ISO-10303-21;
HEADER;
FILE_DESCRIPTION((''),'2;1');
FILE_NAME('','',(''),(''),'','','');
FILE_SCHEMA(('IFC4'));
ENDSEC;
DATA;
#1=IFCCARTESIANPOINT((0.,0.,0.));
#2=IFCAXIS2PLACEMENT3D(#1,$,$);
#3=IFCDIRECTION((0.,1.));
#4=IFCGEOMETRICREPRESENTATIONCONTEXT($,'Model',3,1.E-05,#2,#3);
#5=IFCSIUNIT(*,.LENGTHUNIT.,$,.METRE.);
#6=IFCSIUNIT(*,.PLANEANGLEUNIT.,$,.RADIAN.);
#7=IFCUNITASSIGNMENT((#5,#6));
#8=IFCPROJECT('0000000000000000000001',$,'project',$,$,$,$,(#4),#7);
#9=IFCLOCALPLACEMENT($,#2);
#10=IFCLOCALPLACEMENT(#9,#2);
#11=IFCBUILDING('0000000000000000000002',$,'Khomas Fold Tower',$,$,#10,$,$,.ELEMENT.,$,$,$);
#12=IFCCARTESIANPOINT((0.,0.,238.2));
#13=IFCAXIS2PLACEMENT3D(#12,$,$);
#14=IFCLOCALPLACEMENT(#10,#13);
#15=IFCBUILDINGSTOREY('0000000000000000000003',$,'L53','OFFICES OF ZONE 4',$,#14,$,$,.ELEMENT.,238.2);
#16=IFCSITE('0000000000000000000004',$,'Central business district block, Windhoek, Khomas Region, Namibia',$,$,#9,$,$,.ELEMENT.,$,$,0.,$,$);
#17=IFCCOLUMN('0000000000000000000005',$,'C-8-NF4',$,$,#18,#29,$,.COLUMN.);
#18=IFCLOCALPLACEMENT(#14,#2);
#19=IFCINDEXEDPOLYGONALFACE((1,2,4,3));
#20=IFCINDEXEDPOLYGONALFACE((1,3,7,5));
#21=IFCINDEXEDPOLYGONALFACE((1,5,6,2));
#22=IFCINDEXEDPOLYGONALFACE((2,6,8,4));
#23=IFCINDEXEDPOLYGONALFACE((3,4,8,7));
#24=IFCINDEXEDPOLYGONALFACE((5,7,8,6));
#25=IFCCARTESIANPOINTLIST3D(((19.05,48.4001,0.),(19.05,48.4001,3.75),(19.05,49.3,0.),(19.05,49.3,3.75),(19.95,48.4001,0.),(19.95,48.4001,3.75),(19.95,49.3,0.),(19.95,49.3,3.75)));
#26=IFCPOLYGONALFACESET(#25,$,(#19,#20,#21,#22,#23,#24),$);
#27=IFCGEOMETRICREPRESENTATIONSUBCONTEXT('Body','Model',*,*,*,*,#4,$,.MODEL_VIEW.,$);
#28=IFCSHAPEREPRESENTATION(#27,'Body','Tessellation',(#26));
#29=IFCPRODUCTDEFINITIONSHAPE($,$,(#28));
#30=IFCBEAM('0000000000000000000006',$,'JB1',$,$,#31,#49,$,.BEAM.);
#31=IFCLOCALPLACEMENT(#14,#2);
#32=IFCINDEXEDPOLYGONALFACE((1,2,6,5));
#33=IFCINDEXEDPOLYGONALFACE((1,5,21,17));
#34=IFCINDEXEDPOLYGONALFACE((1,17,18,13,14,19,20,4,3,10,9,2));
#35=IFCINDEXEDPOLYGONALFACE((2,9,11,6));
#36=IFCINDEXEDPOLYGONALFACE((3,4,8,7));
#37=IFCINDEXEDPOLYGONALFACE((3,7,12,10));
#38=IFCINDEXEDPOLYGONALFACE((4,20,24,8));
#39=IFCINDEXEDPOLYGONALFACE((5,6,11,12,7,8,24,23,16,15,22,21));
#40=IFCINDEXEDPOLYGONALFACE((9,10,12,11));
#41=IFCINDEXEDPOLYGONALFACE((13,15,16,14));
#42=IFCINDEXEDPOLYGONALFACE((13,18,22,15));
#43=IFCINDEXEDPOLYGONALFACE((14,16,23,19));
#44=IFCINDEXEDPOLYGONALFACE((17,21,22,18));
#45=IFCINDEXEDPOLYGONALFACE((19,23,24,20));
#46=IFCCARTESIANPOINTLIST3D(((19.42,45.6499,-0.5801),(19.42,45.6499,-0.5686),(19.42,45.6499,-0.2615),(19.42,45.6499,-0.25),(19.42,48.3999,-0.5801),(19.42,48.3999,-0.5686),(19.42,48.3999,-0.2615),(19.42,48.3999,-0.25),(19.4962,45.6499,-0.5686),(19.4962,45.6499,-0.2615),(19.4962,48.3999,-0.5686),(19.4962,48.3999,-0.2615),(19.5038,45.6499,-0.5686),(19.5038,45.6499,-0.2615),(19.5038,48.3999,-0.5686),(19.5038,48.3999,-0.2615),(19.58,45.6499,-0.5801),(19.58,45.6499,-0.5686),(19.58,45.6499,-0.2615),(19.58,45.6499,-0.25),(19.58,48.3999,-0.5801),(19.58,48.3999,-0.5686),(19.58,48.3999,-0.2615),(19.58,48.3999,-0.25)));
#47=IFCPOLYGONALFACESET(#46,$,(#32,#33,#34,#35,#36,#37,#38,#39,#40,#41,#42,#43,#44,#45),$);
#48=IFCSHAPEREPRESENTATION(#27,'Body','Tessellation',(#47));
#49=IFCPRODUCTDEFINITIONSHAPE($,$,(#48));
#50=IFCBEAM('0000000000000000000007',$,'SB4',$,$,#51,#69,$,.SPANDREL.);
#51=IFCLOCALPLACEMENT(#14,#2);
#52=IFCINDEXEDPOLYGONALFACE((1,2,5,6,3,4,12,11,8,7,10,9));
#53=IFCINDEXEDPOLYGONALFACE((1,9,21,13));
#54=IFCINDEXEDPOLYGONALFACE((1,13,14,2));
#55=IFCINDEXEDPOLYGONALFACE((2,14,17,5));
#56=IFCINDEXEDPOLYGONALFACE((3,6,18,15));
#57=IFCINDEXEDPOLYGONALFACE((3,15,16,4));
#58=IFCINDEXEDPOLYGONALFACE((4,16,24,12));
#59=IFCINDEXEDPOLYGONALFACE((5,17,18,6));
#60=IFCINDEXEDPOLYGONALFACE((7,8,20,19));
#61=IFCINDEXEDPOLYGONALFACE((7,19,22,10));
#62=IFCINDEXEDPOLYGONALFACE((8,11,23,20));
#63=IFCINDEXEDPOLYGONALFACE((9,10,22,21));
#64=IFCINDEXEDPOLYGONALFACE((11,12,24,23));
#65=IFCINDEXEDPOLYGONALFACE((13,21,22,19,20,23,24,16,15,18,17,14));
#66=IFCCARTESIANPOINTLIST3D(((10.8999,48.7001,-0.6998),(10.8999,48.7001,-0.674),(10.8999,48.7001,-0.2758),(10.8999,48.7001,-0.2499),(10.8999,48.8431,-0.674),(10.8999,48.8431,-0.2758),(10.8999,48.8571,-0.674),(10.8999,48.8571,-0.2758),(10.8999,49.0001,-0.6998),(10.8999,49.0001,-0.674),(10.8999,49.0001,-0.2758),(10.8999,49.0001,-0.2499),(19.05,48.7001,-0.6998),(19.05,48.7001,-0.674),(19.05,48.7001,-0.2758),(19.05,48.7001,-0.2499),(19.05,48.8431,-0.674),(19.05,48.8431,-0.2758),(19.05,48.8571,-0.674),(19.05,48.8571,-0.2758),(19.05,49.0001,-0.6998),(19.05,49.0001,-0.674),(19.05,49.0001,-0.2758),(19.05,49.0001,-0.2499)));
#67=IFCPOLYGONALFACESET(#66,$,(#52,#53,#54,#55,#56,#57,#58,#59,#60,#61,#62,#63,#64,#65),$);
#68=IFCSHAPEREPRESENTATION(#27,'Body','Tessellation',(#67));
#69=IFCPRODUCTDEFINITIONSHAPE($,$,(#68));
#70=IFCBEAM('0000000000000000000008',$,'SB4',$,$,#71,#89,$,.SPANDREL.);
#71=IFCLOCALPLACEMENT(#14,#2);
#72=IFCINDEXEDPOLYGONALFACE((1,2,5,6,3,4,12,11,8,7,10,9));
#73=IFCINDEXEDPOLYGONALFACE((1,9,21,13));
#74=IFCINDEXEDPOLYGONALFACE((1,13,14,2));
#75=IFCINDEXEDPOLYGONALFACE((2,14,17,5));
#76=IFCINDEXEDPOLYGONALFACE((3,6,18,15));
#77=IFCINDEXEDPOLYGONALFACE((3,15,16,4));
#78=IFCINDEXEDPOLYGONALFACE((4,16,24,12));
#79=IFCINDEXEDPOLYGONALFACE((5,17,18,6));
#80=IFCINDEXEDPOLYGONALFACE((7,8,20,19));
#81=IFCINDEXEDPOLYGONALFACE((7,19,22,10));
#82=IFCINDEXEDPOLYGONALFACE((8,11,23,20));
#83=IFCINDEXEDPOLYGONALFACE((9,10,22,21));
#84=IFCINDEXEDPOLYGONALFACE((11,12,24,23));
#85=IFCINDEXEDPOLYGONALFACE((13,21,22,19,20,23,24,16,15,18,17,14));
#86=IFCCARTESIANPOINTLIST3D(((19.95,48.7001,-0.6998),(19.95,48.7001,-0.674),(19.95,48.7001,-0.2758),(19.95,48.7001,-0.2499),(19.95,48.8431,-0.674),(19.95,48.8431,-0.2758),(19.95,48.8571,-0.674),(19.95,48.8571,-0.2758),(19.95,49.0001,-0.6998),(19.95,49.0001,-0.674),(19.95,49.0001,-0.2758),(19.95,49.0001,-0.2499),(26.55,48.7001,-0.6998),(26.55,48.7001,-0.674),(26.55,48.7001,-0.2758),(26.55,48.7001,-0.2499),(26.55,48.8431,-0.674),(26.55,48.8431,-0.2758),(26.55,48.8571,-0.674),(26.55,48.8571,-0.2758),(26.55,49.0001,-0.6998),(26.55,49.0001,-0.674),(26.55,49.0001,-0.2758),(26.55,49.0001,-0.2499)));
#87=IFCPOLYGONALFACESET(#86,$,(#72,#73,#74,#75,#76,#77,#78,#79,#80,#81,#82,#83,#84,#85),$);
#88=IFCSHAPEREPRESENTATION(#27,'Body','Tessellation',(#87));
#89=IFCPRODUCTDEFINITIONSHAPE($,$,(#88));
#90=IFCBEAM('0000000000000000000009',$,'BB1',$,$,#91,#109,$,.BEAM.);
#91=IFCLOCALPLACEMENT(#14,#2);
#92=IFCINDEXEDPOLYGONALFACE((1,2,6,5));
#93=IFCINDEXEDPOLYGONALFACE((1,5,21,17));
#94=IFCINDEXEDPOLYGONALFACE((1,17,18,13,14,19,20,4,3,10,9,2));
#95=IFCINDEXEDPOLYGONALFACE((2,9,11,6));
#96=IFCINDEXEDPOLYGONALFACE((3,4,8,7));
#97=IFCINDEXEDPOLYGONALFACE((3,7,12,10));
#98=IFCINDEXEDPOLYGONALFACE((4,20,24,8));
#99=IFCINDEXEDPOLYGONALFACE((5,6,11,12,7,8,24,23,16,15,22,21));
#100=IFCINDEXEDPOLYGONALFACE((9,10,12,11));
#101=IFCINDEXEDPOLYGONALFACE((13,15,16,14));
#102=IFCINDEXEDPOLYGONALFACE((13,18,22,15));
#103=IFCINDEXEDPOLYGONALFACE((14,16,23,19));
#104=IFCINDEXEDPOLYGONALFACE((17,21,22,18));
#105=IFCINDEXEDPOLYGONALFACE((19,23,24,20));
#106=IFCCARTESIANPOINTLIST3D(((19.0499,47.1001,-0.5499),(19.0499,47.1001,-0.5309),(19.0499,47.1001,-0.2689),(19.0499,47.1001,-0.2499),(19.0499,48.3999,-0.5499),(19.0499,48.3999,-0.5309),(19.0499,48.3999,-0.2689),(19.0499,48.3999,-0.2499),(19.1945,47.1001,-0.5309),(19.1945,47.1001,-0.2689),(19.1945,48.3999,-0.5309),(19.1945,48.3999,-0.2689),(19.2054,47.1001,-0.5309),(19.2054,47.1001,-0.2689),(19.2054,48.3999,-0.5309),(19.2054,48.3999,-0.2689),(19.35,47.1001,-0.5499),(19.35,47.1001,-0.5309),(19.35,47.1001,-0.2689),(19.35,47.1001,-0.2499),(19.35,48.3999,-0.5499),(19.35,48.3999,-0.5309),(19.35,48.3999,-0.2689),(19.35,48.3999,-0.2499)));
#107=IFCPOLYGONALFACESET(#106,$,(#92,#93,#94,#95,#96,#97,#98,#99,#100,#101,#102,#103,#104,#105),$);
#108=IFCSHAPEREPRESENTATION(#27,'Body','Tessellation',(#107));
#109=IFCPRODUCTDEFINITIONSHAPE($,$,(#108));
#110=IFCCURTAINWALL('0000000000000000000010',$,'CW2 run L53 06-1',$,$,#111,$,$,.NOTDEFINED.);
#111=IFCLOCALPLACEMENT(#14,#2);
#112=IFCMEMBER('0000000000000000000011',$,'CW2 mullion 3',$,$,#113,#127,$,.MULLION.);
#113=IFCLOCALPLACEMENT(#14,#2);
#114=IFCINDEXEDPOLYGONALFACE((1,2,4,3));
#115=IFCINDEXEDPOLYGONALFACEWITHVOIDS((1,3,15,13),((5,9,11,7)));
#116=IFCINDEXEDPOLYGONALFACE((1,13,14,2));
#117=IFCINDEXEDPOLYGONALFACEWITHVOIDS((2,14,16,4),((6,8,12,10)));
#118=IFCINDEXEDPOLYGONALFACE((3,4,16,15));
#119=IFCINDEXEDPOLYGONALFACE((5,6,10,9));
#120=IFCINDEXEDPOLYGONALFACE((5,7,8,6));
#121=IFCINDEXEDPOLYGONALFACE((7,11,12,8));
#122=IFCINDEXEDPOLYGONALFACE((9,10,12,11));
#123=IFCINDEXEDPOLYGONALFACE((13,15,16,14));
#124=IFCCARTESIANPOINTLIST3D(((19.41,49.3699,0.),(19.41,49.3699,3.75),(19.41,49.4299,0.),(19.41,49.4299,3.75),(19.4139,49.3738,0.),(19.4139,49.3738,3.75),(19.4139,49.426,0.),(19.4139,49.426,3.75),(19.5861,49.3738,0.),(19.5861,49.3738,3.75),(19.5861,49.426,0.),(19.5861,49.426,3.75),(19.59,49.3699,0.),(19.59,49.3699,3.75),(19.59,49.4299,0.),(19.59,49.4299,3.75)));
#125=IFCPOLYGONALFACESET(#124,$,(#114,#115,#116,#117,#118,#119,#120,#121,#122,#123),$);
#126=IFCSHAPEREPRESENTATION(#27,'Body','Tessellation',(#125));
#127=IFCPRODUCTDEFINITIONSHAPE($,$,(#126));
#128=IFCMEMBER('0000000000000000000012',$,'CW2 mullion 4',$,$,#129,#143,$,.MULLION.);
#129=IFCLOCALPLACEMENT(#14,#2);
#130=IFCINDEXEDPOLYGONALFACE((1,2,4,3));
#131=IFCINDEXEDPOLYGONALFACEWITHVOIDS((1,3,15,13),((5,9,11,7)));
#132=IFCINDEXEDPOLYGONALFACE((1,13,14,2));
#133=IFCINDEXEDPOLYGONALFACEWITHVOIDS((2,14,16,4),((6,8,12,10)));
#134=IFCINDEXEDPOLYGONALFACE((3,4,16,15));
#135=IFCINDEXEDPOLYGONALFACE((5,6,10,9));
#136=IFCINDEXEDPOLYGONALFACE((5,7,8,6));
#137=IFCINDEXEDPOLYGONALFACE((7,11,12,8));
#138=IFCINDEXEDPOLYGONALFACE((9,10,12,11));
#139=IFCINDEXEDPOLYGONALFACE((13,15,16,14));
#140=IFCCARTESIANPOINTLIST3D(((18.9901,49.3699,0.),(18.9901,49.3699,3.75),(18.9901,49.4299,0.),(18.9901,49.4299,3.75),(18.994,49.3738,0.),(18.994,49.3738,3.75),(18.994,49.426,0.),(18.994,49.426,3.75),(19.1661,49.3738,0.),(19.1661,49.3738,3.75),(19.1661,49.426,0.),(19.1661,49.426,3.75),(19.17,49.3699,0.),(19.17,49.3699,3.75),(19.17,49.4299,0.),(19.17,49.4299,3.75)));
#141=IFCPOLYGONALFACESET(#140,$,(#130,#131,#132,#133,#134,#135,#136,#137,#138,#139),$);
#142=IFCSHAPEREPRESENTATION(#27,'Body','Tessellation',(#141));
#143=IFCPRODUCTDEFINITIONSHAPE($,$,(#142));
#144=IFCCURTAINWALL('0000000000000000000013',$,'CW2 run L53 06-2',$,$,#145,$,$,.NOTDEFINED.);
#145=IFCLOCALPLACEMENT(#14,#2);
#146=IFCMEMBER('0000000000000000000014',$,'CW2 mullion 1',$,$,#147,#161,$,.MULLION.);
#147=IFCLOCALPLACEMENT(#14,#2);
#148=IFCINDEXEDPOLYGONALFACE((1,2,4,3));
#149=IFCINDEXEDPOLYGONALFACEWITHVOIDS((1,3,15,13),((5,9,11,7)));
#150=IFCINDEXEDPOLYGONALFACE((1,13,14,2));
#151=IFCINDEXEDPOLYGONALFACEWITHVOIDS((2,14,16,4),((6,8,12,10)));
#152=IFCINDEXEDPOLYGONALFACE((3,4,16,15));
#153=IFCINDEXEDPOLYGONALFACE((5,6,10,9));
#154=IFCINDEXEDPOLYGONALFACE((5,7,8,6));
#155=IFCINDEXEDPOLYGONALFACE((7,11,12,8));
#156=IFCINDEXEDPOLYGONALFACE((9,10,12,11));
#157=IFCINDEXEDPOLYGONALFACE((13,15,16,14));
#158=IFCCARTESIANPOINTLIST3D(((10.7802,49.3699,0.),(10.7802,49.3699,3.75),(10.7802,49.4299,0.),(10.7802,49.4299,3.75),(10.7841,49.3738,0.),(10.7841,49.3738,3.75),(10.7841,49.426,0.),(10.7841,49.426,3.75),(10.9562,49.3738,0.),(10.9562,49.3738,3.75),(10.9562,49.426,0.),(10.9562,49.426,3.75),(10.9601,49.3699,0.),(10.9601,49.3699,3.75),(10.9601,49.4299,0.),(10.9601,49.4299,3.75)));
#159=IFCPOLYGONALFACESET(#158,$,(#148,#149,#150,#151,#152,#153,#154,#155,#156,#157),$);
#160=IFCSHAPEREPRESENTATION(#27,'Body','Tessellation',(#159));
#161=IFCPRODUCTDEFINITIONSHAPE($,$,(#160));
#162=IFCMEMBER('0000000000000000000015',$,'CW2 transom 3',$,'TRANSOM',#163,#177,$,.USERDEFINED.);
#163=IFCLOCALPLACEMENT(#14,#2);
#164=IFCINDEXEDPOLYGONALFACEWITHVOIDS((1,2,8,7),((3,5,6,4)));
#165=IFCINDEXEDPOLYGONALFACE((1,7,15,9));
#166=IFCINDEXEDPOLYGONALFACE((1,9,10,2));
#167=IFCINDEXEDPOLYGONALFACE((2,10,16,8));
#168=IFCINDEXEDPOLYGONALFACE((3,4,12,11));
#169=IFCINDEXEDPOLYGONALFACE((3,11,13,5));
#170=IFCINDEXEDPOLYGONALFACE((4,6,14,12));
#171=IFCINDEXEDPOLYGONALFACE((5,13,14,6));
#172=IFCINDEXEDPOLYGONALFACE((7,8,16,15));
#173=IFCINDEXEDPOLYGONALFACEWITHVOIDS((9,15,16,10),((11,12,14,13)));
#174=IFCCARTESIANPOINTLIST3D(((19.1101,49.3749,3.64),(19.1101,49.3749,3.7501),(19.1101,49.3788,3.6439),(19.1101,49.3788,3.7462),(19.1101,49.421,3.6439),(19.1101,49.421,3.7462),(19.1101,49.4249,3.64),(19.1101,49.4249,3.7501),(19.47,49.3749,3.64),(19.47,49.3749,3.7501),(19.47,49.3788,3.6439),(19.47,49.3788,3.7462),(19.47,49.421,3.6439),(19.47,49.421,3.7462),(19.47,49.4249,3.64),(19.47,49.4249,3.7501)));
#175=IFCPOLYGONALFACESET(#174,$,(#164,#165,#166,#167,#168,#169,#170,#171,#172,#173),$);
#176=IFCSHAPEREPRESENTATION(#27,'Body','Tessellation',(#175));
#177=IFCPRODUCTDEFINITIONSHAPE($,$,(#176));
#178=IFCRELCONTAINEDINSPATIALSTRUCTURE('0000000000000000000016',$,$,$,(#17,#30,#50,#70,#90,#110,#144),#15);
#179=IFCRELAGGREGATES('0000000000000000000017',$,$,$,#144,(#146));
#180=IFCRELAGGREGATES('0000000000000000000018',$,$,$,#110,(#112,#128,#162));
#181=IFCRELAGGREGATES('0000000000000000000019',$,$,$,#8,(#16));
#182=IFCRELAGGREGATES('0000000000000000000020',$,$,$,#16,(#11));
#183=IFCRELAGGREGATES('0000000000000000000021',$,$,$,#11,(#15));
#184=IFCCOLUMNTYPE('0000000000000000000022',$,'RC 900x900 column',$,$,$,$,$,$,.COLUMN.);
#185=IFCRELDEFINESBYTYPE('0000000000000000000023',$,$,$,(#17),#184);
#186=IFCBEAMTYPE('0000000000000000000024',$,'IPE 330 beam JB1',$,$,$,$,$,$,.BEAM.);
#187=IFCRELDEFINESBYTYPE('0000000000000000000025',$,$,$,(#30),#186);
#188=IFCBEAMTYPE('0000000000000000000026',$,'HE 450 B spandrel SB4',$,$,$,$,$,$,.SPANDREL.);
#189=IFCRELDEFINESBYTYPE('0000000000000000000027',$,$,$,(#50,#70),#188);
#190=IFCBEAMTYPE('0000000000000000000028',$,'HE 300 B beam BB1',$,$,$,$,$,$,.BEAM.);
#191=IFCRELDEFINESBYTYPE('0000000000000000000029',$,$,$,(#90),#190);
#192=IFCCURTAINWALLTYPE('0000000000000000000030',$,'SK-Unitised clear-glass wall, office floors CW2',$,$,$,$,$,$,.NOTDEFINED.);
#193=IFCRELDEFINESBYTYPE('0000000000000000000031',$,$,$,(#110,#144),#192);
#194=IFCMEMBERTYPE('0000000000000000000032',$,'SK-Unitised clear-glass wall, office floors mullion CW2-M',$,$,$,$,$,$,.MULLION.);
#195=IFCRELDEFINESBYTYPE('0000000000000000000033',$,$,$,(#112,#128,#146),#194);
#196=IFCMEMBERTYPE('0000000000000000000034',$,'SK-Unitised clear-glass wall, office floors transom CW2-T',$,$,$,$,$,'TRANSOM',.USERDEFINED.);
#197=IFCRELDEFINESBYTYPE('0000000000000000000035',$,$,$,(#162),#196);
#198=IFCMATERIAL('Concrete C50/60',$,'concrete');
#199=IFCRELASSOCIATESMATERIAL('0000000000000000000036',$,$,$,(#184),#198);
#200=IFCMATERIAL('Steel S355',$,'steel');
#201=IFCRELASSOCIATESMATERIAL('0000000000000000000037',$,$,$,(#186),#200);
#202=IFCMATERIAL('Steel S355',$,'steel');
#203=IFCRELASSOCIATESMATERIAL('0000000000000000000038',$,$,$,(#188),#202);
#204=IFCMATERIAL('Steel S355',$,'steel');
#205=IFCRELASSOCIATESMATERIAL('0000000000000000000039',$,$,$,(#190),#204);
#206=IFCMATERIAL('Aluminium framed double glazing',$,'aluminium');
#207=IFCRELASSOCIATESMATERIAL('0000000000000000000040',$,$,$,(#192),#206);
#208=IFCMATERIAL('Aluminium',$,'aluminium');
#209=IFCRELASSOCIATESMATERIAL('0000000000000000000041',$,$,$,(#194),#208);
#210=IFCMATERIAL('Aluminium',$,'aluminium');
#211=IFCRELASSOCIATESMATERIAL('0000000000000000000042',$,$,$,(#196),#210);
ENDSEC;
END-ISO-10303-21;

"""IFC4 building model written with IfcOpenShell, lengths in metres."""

from ifc_helpers import new_model, si_unit, direction, frame, origin, origin_2d, place, context, subcontext, project, spatial, rectangle, hollow_rectangle, i_section, extrude, source, transform, mapped, material, material_profile, profile_set, type_object, element, aggregate, save


model = new_model("IFC4")

# Units and contexts
model_context = context("Model", 3, precision=1e-05, world=origin(), true_north=direction((0.0, 1.0)))
body_context = subcontext(model_context, "Body", "Model", "MODEL_VIEW")
ifc_project = project(units=[si_unit("LENGTHUNIT", "METRE"), si_unit("PLANEANGLEUNIT", "RADIAN")], contexts=[model_context])

# Site, building, storey
site_placement = place(None, origin())
site = spatial("IfcSite", under=ifc_project, at=site_placement, Name="Central business district block, Windhoek, Khomas Region, Namibia", CompositionType="ELEMENT", RefElevation=0.0)
building_placement = place(site_placement, origin())
building = spatial("IfcBuilding", under=site, at=building_placement, Name="Khomas Fold Tower", CompositionType="ELEMENT")
storey_placement = place(building_placement, frame((0.0, 0.0, 238.2)))
storey = spatial("IfcBuildingStorey", under=building, at=storey_placement, Name="L53", Description="OFFICES OF ZONE 4", CompositionType="ELEMENT", Elevation=238.2)

# Column
ifc_material_1 = material(Name="Concrete C50/60", Category="concrete")
ifc_material_profile_1 = material_profile(ifc_material_1, rectangle(XDim=0.8999, YDim=0.8999, at=origin_2d()), Name="RC 900x900")
ifc_profile_set_1 = profile_set([ifc_material_profile_1], Name="Concrete C50/60")
column_type = type_object("IfcColumnType", Name="RC 900x900 column", PredefinedType="COLUMN", material=ifc_profile_set_1)
shared_shape_1 = source(origin(), body_context, "Body", "SweptSolid", [
    extrude(rectangle(XDim=0.8999, YDim=0.8999, at=origin_2d()), origin(), (0.0, 0.0, 1.0), 3.75),
])
column_placement = place(storey_placement, frame((19.5, 48.8501, 0.0), z_axis=(0.0, 0.0, 1.0), x_axis=(1.0, 0.0, 0.0)))
element("IfcColumn", 1, at=column_placement, inside=storey, type_object=column_type, Name="C-8-NF4", PredefinedType="COLUMN", context=body_context, shape_type="MappedRepresentation", body=[
    mapped(shared_shape_1, transform((0.0, 0.0, 0.0))),
])

# Beams
ifc_material_2 = material(Name="Steel S355", Category="steel")
ifc_material_profile_2 = material_profile(ifc_material_2, i_section(OverallWidth=0.1599, OverallDepth=0.3301, WebThickness=0.0076, FlangeThickness=0.0115, at=origin_2d()), Name="IPE 330")
ifc_profile_set_2 = profile_set([ifc_material_profile_2], Name="Steel S355")
beam_type_1 = type_object("IfcBeamType", Name="IPE 330 beam JB1", PredefinedType="BEAM", material=ifc_profile_set_2)
shared_shape_2 = source(origin(), body_context, "Body", "SweptSolid", [
    extrude(i_section(OverallWidth=0.1599, OverallDepth=0.3301, WebThickness=0.0076, FlangeThickness=0.0115, at=origin_2d()), origin(), (0.0, 0.0, 1.0), 2.75),
])
beam_1_placement = place(storey_placement, frame((19.5, 45.6499, -0.415), z_axis=(0.0, 1.0, 0.0), x_axis=(-1.0, 0.0, 0.0)))
element("IfcBeam", 2, at=beam_1_placement, inside=storey, type_object=beam_type_1, Name="JB1", PredefinedType="BEAM", context=body_context, shape_type="MappedRepresentation", body=[
    mapped(shared_shape_2, transform((0.0, 0.0, 0.0))),
])
ifc_material_3 = material(Name="Steel S355", Category="steel")
ifc_material_profile_3 = material_profile(ifc_material_3, i_section(OverallWidth=0.3, OverallDepth=0.45, WebThickness=0.0139, FlangeThickness=0.0259, at=origin_2d()), Name="HE 450 B")
ifc_profile_set_3 = profile_set([ifc_material_profile_3], Name="Steel S355")
beam_type_2 = type_object("IfcBeamType", Name="HE 450 B spandrel SB4", PredefinedType="SPANDREL", material=ifc_profile_set_3)
shared_shape_3 = source(origin(), body_context, "Body", "SweptSolid", [
    extrude(i_section(OverallWidth=0.3, OverallDepth=0.45, WebThickness=0.0139, FlangeThickness=0.0259, at=origin_2d()), origin(), (0.0, 0.0, 1.0), 8.1501),
])
beam_2_placement = place(storey_placement, frame((10.8999, 48.8501, -0.4749), z_axis=(1.0, 0.0, 0.0), x_axis=(0.0, 1.0, 0.0)))
element("IfcBeam", 3, at=beam_2_placement, inside=storey, type_object=beam_type_2, Name="SB4", PredefinedType="SPANDREL", context=body_context, shape_type="MappedRepresentation", body=[
    mapped(shared_shape_3, transform((0.0, 0.0, 0.0))),
])
shared_shape_4 = source(origin(), body_context, "Body", "SweptSolid", [
    extrude(i_section(OverallWidth=0.3, OverallDepth=0.45, WebThickness=0.0139, FlangeThickness=0.0259, at=origin_2d()), origin(), (0.0, 0.0, 1.0), 6.6001),
])
beam_3_placement = place(storey_placement, frame((19.95, 48.8501, -0.4749), z_axis=(1.0, 0.0, 0.0), x_axis=(0.0, 1.0, 0.0)))
element("IfcBeam", 4, at=beam_3_placement, inside=storey, type_object=beam_type_2, Name="SB4", PredefinedType="SPANDREL", context=body_context, shape_type="MappedRepresentation", body=[
    mapped(shared_shape_4, transform((0.0, 0.0, 0.0))),
])
ifc_material_4 = material(Name="Steel S355", Category="steel")
ifc_material_profile_4 = material_profile(ifc_material_4, i_section(OverallWidth=0.3, OverallDepth=0.3, WebThickness=0.011, FlangeThickness=0.019, at=origin_2d()), Name="HE 300 B")
ifc_profile_set_4 = profile_set([ifc_material_profile_4], Name="Steel S355")
beam_type_3 = type_object("IfcBeamType", Name="HE 300 B beam BB1", PredefinedType="BEAM", material=ifc_profile_set_4)
shared_shape_5 = source(origin(), body_context, "Body", "SweptSolid", [
    extrude(i_section(OverallWidth=0.3, OverallDepth=0.3, WebThickness=0.011, FlangeThickness=0.019, at=origin_2d()), origin(), (0.0, 0.0, 1.0), 1.2998),
])
beam_4_placement = place(storey_placement, frame((19.2, 47.1001, -0.3999), z_axis=(0.0, 1.0, 0.0), x_axis=(-1.0, 0.0, 0.0)))
element("IfcBeam", 5, at=beam_4_placement, inside=storey, type_object=beam_type_3, Name="BB1", PredefinedType="BEAM", context=body_context, shape_type="MappedRepresentation", body=[
    mapped(shared_shape_5, transform((0.0, 0.0, 0.0))),
])

# Curtain wall, members
ifc_material_5 = material(Name="Aluminium framed double glazing", Category="aluminium")
curtain_wall_type = type_object("IfcCurtainWallType", Name="SK-Unitised clear-glass wall, office floors CW2", PredefinedType="NOTDEFINED", material=ifc_material_5)
curtain_wall_1_placement = place(storey_placement, origin())
curtain_wall_1 = element("IfcCurtainWall", 6, at=curtain_wall_1_placement, inside=storey, type_object=curtain_wall_type, Name="CW2 run L53 06-1", PredefinedType="NOTDEFINED")
ifc_material_6 = material(Name="Aluminium", Category="aluminium")
ifc_material_profile_5 = material_profile(ifc_material_6, hollow_rectangle(XDim=0.0601, YDim=0.1799, WallThickness=0.0039, at=origin_2d()), Name="SK-Unitised clear-glass wall, office floors mullion CW2-M")
ifc_profile_set_5 = profile_set([ifc_material_profile_5], Name="Aluminium")
member_type_1 = type_object("IfcMemberType", Name="SK-Unitised clear-glass wall, office floors mullion CW2-M", PredefinedType="MULLION", material=ifc_profile_set_5)
shared_shape_6 = source(origin(), body_context, "Body", "SweptSolid", [
    extrude(hollow_rectangle(XDim=0.0601, YDim=0.1799, WallThickness=0.0039, at=origin_2d()), origin(), (0.0, 0.0, 1.0), 3.75),
])
member_1_placement = place(storey_placement, frame((19.5, 49.3999, 0.0), z_axis=(0.0, 0.0, 1.0), x_axis=(0.0, -1.0, 0.0)))
member_1 = element("IfcMember", 7, at=member_1_placement, type_object=member_type_1, Name="CW2 mullion 3", PredefinedType="MULLION", context=body_context, shape_type="MappedRepresentation", body=[
    mapped(shared_shape_6, transform((0.0, 0.0, 0.0))),
])
member_2_placement = place(storey_placement, frame((19.0801, 49.3999, 0.0), z_axis=(0.0, 0.0, 1.0), x_axis=(0.0, -1.0, 0.0)))
member_2 = element("IfcMember", 8, at=member_2_placement, type_object=member_type_1, Name="CW2 mullion 4", PredefinedType="MULLION", context=body_context, shape_type="MappedRepresentation", body=[
    mapped(shared_shape_6, transform((0.0, 0.0, 0.0))),
])

# Curtain wall, member
curtain_wall_2_placement = place(storey_placement, origin())
curtain_wall_2 = element("IfcCurtainWall", 9, at=curtain_wall_2_placement, inside=storey, type_object=curtain_wall_type, Name="CW2 run L53 06-2", PredefinedType="NOTDEFINED")
member_3_placement = place(storey_placement, frame((10.8701, 49.3999, 0.0), z_axis=(0.0, 0.0, 1.0), x_axis=(0.0, -1.0, 0.0)))
member_3 = element("IfcMember", 10, at=member_3_placement, type_object=member_type_1, Name="CW2 mullion 1", PredefinedType="MULLION", context=body_context, shape_type="MappedRepresentation", body=[
    mapped(shared_shape_6, transform((0.0, 0.0, 0.0))),
])
aggregate(curtain_wall_2, [member_3])

# Member
ifc_material_7 = material(Name="Aluminium", Category="aluminium")
ifc_material_profile_6 = material_profile(ifc_material_7, hollow_rectangle(XDim=0.05, YDim=0.1101, WallThickness=0.0039, at=origin_2d()), Name="SK-Unitised clear-glass wall, office floors transom CW2-T")
ifc_profile_set_6 = profile_set([ifc_material_profile_6], Name="Aluminium")
member_type_2 = type_object("IfcMemberType", Name="SK-Unitised clear-glass wall, office floors transom CW2-T", ElementType="TRANSOM", PredefinedType="USERDEFINED", material=ifc_profile_set_6)
shared_shape_7 = source(origin(), body_context, "Body", "SweptSolid", [
    extrude(hollow_rectangle(XDim=0.05, YDim=0.1101, WallThickness=0.0039, at=origin_2d()), origin(), (0.0, 0.0, 1.0), 0.3599),
])
member_4_placement = place(storey_placement, frame((19.47, 49.3999, 3.6951), z_axis=(-1.0, 0.0, 0.0), x_axis=(0.0, -1.0, 0.0)))
member_4 = element("IfcMember", 11, at=member_4_placement, type_object=member_type_2, Name="CW2 transom 3", ObjectType="TRANSOM", PredefinedType="USERDEFINED", context=body_context, shape_type="MappedRepresentation", body=[
    mapped(shared_shape_7, transform((0.0, 0.0, 0.0))),
])

aggregate(curtain_wall_1, [member_1, member_2, member_4])

save(model, "model.ifc")
